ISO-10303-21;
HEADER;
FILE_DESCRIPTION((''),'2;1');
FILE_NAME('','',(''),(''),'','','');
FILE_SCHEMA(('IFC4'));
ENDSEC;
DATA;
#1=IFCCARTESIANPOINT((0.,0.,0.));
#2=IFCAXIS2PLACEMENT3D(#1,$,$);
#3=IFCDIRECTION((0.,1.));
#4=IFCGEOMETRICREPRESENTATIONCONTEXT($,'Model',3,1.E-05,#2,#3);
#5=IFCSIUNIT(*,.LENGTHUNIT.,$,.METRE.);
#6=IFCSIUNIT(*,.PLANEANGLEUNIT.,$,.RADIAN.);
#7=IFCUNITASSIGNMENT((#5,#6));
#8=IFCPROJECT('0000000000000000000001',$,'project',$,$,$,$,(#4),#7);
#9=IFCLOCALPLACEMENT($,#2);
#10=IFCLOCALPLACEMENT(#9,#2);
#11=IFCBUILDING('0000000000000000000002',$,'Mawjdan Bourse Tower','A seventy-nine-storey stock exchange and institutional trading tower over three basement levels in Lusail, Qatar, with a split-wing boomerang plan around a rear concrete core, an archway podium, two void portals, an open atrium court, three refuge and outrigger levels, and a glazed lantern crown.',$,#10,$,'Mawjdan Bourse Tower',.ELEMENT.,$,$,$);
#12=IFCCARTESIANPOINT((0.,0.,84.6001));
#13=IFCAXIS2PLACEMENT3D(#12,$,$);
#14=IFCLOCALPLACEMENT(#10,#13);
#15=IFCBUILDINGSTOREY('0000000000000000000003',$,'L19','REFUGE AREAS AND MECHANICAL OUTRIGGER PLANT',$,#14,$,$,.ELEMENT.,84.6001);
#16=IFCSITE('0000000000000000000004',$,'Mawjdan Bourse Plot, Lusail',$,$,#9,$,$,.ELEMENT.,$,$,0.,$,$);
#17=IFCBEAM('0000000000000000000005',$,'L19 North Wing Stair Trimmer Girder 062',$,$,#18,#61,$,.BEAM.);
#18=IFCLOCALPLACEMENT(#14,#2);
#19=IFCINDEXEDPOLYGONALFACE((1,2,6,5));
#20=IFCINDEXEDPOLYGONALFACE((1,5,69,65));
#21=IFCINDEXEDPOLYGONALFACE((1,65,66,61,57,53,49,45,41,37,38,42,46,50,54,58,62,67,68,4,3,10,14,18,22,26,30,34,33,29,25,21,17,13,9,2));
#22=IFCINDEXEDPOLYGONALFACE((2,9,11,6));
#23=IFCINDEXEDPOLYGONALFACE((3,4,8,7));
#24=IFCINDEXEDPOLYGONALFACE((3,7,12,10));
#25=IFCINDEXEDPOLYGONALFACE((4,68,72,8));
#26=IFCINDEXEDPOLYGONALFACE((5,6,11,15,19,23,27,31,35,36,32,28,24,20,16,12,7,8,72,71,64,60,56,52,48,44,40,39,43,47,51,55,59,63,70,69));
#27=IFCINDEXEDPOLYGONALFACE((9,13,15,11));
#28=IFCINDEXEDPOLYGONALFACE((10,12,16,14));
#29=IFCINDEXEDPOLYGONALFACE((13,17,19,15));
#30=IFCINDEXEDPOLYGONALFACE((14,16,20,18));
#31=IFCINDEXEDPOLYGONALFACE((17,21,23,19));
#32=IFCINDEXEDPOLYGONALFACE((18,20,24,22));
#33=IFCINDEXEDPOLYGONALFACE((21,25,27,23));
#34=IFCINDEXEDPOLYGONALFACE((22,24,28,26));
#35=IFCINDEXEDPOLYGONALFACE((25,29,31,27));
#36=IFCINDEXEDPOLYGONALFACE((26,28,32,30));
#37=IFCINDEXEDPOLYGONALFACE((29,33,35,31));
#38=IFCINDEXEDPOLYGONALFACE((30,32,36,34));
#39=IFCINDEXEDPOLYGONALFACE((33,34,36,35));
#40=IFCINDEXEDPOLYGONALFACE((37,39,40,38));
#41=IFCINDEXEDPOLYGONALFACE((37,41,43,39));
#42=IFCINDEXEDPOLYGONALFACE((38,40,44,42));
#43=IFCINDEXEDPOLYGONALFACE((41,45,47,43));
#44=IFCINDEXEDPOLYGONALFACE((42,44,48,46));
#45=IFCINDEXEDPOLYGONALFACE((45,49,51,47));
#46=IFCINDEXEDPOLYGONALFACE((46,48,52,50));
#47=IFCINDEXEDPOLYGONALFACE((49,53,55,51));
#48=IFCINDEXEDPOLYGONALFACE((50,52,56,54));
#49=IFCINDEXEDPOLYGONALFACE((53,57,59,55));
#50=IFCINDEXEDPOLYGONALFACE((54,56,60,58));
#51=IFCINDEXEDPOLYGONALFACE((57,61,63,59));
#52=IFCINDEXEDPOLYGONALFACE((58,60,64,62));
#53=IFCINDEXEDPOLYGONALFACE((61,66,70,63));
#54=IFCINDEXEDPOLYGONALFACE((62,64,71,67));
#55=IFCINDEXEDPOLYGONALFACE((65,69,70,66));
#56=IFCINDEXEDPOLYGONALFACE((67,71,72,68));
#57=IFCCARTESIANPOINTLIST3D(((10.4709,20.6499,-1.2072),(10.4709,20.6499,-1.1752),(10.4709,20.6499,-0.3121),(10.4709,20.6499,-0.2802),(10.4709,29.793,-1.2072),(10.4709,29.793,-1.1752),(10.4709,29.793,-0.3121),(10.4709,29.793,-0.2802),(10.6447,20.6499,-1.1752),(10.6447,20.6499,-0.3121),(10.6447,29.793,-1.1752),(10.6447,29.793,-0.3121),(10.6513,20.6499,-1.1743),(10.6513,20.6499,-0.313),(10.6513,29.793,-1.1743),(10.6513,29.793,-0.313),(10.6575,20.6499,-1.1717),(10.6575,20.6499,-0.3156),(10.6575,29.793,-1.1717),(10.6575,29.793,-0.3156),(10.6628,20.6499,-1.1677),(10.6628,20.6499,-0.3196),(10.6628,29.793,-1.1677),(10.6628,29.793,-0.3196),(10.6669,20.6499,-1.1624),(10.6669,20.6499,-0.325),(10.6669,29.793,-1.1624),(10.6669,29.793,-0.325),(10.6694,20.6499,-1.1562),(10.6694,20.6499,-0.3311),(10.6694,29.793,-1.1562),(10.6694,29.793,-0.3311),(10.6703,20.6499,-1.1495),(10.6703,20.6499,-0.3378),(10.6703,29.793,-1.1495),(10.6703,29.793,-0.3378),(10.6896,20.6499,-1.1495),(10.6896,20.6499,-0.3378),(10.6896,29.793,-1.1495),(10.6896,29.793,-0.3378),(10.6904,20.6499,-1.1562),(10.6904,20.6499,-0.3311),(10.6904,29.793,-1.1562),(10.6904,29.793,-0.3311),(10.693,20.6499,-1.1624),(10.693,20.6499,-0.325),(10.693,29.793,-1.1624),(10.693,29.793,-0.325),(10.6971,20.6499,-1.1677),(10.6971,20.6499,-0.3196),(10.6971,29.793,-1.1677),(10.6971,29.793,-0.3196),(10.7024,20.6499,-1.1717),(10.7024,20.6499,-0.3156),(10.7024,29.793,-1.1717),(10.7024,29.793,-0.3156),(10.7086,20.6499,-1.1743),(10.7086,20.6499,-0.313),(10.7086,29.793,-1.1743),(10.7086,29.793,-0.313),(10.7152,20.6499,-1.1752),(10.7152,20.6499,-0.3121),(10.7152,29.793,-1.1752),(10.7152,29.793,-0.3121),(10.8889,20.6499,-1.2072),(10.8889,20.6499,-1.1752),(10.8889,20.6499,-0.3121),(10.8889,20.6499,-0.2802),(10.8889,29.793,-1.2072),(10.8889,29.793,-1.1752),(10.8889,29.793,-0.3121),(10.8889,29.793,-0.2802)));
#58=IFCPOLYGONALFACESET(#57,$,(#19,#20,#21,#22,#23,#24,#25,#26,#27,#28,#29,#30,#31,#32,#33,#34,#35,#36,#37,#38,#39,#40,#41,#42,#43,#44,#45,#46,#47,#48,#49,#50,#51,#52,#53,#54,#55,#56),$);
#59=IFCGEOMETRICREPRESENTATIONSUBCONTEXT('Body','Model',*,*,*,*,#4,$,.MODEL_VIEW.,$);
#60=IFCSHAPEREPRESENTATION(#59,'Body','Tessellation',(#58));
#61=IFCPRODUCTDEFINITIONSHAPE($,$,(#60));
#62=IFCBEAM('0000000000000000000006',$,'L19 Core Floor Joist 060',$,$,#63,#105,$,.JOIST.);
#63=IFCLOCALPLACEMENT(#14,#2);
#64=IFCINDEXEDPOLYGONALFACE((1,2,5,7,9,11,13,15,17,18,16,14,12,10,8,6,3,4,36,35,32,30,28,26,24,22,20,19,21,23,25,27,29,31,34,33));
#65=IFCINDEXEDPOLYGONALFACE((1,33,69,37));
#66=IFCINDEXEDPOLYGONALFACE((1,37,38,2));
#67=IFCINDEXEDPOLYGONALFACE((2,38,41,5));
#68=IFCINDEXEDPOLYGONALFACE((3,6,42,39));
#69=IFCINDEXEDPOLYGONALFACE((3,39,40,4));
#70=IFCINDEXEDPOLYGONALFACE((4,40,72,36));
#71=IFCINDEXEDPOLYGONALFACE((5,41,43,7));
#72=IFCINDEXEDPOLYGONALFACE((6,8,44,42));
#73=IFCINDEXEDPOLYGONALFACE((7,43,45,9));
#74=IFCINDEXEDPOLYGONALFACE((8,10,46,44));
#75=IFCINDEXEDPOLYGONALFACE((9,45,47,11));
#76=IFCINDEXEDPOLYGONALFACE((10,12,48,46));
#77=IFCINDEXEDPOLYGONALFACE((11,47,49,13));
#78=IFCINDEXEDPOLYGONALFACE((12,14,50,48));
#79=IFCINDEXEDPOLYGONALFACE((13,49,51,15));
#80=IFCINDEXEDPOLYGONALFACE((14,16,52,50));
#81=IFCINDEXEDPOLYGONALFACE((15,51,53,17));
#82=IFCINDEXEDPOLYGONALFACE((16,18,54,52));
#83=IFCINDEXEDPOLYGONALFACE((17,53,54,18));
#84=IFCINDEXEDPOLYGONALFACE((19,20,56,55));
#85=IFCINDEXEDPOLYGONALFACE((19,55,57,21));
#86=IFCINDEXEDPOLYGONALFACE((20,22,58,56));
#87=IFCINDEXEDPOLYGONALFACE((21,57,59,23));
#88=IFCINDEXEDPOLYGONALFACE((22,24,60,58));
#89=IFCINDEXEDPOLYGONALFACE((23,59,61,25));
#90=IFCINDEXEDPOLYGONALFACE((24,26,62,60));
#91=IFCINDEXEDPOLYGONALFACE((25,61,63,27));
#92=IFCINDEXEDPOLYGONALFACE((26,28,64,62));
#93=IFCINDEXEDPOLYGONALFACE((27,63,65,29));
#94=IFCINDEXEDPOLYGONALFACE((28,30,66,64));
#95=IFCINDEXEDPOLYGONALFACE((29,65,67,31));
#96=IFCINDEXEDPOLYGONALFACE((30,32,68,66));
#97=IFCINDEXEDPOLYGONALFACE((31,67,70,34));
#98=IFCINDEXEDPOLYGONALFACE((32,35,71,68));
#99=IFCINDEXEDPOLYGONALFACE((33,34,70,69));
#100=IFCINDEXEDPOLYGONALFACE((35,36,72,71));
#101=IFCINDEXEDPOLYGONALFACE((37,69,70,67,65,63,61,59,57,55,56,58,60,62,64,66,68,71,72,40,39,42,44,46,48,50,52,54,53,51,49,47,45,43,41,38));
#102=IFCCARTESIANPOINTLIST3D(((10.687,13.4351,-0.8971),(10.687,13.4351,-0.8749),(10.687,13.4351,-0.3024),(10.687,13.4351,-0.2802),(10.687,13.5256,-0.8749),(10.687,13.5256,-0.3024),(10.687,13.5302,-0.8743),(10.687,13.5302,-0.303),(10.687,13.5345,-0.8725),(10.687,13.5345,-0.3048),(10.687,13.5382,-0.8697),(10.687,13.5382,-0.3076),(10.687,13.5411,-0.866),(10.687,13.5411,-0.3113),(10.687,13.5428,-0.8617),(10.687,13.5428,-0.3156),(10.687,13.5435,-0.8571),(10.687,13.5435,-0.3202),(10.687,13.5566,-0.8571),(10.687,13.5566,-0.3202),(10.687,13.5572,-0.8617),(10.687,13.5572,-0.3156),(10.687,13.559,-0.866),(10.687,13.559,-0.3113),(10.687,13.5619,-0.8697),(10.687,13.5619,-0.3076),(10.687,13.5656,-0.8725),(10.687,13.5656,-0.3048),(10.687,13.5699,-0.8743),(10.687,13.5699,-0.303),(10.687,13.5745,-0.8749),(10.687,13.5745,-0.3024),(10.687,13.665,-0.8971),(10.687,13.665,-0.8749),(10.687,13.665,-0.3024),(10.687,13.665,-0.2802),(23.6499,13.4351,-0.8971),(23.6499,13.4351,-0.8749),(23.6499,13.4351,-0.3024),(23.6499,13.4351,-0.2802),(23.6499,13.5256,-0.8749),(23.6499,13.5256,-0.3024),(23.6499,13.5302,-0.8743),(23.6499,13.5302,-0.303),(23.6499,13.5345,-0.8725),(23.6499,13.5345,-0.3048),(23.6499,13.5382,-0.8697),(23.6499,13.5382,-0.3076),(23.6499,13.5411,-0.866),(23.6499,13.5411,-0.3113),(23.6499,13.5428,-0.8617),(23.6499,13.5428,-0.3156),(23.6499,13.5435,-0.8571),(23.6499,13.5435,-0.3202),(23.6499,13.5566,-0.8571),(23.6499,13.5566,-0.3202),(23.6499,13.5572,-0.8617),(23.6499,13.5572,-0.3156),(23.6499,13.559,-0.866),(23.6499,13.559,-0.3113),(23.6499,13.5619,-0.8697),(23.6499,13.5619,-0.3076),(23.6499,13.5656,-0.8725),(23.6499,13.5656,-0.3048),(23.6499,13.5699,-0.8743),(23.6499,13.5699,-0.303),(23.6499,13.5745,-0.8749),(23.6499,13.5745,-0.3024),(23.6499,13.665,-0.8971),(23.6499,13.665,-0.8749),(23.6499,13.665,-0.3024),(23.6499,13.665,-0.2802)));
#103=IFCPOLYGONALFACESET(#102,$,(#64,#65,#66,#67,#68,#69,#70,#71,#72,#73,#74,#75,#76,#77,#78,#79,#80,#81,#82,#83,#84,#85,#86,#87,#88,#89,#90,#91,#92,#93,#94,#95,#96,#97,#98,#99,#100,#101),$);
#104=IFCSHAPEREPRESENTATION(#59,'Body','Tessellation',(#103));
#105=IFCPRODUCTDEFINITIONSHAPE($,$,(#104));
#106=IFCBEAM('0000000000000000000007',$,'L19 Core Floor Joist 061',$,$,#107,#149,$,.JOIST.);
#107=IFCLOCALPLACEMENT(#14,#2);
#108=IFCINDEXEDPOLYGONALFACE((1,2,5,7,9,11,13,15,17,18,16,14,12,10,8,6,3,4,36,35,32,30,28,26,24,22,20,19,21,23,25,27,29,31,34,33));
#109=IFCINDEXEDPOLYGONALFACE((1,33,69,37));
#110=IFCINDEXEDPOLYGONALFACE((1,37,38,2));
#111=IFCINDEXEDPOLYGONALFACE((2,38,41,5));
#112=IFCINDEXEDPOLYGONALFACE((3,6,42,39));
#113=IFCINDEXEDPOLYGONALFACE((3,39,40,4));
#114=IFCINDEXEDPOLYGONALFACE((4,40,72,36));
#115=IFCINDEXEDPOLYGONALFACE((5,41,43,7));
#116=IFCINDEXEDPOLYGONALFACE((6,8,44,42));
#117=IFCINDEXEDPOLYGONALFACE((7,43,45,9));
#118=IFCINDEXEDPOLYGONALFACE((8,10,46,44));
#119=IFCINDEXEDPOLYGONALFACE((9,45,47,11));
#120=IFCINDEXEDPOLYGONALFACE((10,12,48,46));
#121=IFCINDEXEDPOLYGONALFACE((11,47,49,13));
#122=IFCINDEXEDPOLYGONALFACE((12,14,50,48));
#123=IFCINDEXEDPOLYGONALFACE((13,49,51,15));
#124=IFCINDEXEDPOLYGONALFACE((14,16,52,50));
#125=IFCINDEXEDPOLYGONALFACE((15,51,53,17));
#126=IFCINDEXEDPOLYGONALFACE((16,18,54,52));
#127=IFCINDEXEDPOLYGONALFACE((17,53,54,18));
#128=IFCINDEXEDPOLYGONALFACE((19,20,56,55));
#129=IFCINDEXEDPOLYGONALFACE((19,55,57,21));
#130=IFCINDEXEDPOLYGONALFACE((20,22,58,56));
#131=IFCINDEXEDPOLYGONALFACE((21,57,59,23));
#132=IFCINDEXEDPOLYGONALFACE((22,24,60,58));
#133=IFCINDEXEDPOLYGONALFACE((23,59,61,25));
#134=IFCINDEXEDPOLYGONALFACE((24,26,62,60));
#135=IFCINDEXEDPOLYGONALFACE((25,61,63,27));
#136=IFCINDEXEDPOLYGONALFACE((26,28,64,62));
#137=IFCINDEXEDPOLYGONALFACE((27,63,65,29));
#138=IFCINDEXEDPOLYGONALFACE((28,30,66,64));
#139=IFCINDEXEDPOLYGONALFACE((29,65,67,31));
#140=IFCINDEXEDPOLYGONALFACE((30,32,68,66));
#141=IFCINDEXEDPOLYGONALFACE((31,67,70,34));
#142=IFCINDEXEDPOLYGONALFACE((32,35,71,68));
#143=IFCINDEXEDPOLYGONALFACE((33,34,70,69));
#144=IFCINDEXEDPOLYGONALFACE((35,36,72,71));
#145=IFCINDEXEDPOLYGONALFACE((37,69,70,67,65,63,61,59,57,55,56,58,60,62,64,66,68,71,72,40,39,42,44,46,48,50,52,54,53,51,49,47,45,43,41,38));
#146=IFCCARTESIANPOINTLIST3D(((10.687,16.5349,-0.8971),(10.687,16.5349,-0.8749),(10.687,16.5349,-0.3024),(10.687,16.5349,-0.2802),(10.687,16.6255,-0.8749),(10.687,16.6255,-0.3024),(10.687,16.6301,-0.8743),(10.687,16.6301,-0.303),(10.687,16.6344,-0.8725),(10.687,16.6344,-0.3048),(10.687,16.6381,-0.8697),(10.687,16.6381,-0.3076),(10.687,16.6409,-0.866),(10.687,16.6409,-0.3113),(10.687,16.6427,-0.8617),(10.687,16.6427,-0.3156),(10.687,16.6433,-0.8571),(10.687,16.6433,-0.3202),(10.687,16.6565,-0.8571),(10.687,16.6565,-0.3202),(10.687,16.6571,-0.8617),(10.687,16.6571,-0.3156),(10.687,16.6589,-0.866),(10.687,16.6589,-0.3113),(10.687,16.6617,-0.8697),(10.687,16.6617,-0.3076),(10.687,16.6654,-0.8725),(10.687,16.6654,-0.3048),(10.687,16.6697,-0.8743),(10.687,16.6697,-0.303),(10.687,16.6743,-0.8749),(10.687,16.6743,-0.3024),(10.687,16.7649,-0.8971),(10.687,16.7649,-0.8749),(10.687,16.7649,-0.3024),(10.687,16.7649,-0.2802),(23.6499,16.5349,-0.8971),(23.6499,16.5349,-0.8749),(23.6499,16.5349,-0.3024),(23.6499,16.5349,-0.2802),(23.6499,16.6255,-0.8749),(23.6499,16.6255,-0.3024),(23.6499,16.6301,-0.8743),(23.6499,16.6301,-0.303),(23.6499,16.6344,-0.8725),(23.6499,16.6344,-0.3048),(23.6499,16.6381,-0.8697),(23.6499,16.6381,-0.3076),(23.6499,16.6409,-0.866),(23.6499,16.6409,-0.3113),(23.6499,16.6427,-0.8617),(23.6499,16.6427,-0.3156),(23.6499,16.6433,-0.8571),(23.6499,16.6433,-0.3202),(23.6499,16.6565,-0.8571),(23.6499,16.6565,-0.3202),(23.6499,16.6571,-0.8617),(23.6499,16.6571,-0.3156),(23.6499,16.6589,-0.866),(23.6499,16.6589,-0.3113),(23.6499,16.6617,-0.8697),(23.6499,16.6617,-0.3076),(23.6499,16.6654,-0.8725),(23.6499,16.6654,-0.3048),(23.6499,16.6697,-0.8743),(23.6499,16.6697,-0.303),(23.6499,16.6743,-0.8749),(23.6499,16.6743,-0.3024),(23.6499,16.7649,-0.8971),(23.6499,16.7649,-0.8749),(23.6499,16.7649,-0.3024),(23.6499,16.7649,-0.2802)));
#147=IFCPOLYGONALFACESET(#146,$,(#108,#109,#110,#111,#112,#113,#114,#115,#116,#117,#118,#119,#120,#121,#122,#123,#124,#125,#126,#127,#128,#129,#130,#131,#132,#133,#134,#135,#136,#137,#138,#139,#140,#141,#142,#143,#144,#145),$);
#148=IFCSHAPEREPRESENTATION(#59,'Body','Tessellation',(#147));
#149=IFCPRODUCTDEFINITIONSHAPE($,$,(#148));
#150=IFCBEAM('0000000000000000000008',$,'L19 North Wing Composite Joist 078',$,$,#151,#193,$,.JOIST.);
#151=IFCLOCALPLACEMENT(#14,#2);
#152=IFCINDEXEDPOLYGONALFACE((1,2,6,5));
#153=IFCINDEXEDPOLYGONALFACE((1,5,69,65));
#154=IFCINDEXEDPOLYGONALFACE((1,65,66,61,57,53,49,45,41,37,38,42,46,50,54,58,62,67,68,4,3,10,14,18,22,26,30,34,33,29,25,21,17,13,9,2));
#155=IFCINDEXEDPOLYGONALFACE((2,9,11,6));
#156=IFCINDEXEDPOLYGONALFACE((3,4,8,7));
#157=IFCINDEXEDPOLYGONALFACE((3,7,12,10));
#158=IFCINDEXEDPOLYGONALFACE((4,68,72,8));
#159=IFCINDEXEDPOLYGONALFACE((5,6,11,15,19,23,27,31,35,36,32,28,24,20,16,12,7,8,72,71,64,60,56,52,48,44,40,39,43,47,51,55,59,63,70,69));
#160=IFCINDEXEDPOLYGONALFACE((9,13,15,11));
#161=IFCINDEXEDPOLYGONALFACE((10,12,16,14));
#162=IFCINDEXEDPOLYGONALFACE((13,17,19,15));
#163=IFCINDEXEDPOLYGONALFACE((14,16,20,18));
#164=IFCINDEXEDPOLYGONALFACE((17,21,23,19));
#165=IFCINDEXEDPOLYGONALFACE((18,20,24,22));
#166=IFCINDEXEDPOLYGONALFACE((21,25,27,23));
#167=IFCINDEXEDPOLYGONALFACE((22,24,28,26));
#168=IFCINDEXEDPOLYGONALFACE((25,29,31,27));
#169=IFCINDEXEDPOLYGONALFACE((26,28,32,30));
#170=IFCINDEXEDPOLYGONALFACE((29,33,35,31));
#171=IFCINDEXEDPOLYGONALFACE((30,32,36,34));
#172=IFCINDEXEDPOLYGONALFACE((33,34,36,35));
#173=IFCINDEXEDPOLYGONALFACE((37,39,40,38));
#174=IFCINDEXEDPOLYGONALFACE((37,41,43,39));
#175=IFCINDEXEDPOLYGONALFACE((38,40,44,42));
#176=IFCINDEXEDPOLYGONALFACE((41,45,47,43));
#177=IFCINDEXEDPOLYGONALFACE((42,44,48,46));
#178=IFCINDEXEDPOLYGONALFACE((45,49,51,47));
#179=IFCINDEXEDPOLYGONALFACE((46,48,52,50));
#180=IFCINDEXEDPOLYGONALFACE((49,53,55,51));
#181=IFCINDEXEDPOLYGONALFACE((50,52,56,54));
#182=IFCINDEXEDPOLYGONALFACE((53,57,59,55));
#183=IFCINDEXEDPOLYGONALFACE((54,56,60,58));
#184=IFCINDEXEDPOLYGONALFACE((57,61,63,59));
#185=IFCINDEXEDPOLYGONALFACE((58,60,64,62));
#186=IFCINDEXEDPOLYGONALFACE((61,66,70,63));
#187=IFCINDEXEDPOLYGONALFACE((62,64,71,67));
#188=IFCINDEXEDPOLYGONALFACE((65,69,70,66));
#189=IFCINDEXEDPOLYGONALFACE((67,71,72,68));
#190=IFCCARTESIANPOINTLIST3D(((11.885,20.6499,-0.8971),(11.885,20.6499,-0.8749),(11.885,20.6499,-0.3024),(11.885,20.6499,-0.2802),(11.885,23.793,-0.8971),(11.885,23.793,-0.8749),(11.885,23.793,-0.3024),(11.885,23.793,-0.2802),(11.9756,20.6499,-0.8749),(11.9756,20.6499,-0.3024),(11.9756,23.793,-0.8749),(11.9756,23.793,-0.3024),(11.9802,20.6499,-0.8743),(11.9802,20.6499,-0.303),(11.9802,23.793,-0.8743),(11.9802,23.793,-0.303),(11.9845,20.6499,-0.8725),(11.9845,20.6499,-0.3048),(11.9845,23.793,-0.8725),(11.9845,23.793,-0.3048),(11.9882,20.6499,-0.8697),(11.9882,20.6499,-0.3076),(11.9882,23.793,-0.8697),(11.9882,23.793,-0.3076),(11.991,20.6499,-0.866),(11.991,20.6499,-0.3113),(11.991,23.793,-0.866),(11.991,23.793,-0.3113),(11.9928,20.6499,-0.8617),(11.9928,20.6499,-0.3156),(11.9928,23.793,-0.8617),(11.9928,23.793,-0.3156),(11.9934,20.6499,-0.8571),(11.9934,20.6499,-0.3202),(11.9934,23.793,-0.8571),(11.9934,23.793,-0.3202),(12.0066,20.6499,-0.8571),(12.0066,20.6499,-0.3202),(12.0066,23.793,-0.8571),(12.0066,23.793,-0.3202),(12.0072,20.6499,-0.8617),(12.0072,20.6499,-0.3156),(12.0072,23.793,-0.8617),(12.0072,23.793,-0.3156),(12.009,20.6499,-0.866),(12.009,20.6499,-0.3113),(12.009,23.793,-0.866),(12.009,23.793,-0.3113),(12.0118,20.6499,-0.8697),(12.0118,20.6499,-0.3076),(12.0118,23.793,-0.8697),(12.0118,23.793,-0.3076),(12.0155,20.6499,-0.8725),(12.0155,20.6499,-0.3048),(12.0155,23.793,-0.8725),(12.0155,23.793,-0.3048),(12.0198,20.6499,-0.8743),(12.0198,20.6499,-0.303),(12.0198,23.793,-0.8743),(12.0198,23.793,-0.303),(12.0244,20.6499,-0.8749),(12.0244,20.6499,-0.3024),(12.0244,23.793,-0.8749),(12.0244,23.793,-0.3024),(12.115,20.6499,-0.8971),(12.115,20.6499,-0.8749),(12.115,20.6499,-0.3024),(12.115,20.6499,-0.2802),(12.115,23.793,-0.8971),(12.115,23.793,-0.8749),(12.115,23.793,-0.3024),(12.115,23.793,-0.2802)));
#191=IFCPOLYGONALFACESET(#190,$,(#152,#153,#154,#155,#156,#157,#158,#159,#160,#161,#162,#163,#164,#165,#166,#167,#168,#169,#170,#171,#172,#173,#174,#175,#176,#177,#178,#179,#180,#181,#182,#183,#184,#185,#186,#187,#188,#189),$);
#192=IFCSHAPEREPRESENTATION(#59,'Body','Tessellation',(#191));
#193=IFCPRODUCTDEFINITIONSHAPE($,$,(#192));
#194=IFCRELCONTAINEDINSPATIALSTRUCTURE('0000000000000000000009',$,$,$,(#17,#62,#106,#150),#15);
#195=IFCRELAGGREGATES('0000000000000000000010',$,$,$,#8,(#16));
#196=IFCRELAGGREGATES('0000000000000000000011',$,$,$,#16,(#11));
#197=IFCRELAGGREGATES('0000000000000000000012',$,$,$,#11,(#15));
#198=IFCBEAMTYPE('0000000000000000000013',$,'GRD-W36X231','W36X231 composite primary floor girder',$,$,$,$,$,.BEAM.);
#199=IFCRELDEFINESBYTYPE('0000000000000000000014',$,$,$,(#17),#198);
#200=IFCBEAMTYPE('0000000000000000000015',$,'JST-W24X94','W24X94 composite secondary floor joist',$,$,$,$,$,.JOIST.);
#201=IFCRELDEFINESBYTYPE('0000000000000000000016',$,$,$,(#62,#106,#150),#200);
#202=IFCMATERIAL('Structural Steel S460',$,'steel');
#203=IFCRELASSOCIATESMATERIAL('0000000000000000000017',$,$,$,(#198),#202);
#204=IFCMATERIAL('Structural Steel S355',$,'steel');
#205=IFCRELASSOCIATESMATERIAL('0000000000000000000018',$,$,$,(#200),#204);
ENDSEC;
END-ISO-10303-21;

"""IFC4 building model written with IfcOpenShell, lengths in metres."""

from ifc_helpers import new_model, si_unit, direction, frame, origin, origin_2d, place, context, subcontext, project, spatial, i_section, extrude, material, material_profile, profile_set, type_object, element, save


model = new_model("IFC4")

# Units and contexts
model_context = context("Model", 3, precision=1e-05, world=origin(), true_north=direction((0.0, 1.0)))
body_context = subcontext(model_context, "Body", "Model", "MODEL_VIEW")
ifc_project = project(units=[si_unit("LENGTHUNIT", "METRE"), si_unit("PLANEANGLEUNIT", "RADIAN")], contexts=[model_context])

# Site, building, storey
site_placement = place(None, origin())
site = spatial("IfcSite", under=ifc_project, at=site_placement, Name="Mawjdan Bourse Plot, Lusail", CompositionType="ELEMENT", RefElevation=0.0)
building_placement = place(site_placement, origin())
building = spatial("IfcBuilding", under=site, at=building_placement, Name="Mawjdan Bourse Tower", Description="A seventy-nine-storey stock exchange and institutional trading tower over three basement levels in Lusail, Qatar, with a split-wing boomerang plan around a rear concrete core, an archway podium, two void portals, an open atrium court, three refuge and outrigger levels, and a glazed lantern crown.", LongName="Mawjdan Bourse Tower", CompositionType="ELEMENT")
storey_placement = place(building_placement, frame((0.0, 0.0, 84.6001)))
storey = spatial("IfcBuildingStorey", under=building, at=storey_placement, Name="L19", Description="REFUGE AREAS AND MECHANICAL OUTRIGGER PLANT", CompositionType="ELEMENT", Elevation=84.6001)

# Beams
ifc_material_1 = material(Name="Structural Steel S460", Category="steel")
ifc_material_profile_1 = material_profile(ifc_material_1, i_section(OverallWidth=0.418, OverallDepth=0.927, WebThickness=0.0193, FlangeThickness=0.032, FilletRadius=0.0256, at=origin_2d()), Name="W36X231")
ifc_profile_set_1 = profile_set([ifc_material_profile_1], Name="Structural Steel S460")
beam_type_1 = type_object("IfcBeamType", Name="GRD-W36X231", Description="W36X231 composite primary floor girder", PredefinedType="BEAM", material=ifc_profile_set_1)
beam_placement = place(storey_placement, frame((10.6799, 20.6499, -0.7437), z_axis=(0.0, 1.0, 0.0), x_axis=(-1.0, 0.0, 0.0)))
element("IfcBeam", 1, at=beam_placement, inside=storey, type_object=beam_type_1, Name="L19 North Wing Stair Trimmer Girder 062", PredefinedType="BEAM", context=body_context, shape_type="SweptSolid", body=[
    extrude(i_section(OverallWidth=0.418, OverallDepth=0.927, WebThickness=0.0193, FlangeThickness=0.032, FilletRadius=0.0256, at=origin_2d()), origin(), (0.0, 0.0, 1.0), 9.1431),
])
ifc_material_2 = material(Name="Structural Steel S355", Category="steel")
ifc_material_profile_2 = material_profile(ifc_material_2, i_section(OverallWidth=0.23, OverallDepth=0.6169, WebThickness=0.0132, FlangeThickness=0.0222, FilletRadius=0.0178, at=origin_2d()), Name="W24X94")
ifc_profile_set_2 = profile_set([ifc_material_profile_2], Name="Structural Steel S355")
beam_type_2 = type_object("IfcBeamType", Name="JST-W24X94", Description="W24X94 composite secondary floor joist", PredefinedType="JOIST", material=ifc_profile_set_2)
for number, where, z_axis, x_axis, name in (
    (2, (10.687, 13.55, -0.5886), (1.0, 0.0, 0.0), (0.0, 1.0, 0.0), "L19 Core Floor Joist 060"),
    (3, (10.687, 16.6499, -0.5886), (1.0, 0.0, 0.0), (0.0, 1.0, 0.0), "L19 Core Floor Joist 061"),
):
    element("IfcBeam", number, at=place(storey_placement, frame(where, z_axis=z_axis, x_axis=x_axis)), inside=storey, type_object=beam_type_2, Name=name, PredefinedType="JOIST", context=body_context, shape_type="SweptSolid", body=[
        extrude(i_section(OverallWidth=0.23, OverallDepth=0.6169, WebThickness=0.0132, FlangeThickness=0.0222, FilletRadius=0.0178, at=origin_2d()), origin(), (0.0, 0.0, 1.0), 12.9629),
    ])
for number, where, z_axis, x_axis, name in (
    (4, (12.0, 20.6499, -0.5886), (0.0, 1.0, 0.0), (-1.0, 0.0, 0.0), "L19 North Wing Composite Joist 078"),
):
    element("IfcBeam", number, at=place(storey_placement, frame(where, z_axis=z_axis, x_axis=x_axis)), inside=storey, type_object=beam_type_2, Name=name, PredefinedType="JOIST", context=body_context, shape_type="SweptSolid", body=[
        extrude(i_section(OverallWidth=0.23, OverallDepth=0.6169, WebThickness=0.0132, FlangeThickness=0.0222, FilletRadius=0.0178, at=origin_2d()), origin(), (0.0, 0.0, 1.0), 3.1431),
    ])

save(model, "model.ifc")
